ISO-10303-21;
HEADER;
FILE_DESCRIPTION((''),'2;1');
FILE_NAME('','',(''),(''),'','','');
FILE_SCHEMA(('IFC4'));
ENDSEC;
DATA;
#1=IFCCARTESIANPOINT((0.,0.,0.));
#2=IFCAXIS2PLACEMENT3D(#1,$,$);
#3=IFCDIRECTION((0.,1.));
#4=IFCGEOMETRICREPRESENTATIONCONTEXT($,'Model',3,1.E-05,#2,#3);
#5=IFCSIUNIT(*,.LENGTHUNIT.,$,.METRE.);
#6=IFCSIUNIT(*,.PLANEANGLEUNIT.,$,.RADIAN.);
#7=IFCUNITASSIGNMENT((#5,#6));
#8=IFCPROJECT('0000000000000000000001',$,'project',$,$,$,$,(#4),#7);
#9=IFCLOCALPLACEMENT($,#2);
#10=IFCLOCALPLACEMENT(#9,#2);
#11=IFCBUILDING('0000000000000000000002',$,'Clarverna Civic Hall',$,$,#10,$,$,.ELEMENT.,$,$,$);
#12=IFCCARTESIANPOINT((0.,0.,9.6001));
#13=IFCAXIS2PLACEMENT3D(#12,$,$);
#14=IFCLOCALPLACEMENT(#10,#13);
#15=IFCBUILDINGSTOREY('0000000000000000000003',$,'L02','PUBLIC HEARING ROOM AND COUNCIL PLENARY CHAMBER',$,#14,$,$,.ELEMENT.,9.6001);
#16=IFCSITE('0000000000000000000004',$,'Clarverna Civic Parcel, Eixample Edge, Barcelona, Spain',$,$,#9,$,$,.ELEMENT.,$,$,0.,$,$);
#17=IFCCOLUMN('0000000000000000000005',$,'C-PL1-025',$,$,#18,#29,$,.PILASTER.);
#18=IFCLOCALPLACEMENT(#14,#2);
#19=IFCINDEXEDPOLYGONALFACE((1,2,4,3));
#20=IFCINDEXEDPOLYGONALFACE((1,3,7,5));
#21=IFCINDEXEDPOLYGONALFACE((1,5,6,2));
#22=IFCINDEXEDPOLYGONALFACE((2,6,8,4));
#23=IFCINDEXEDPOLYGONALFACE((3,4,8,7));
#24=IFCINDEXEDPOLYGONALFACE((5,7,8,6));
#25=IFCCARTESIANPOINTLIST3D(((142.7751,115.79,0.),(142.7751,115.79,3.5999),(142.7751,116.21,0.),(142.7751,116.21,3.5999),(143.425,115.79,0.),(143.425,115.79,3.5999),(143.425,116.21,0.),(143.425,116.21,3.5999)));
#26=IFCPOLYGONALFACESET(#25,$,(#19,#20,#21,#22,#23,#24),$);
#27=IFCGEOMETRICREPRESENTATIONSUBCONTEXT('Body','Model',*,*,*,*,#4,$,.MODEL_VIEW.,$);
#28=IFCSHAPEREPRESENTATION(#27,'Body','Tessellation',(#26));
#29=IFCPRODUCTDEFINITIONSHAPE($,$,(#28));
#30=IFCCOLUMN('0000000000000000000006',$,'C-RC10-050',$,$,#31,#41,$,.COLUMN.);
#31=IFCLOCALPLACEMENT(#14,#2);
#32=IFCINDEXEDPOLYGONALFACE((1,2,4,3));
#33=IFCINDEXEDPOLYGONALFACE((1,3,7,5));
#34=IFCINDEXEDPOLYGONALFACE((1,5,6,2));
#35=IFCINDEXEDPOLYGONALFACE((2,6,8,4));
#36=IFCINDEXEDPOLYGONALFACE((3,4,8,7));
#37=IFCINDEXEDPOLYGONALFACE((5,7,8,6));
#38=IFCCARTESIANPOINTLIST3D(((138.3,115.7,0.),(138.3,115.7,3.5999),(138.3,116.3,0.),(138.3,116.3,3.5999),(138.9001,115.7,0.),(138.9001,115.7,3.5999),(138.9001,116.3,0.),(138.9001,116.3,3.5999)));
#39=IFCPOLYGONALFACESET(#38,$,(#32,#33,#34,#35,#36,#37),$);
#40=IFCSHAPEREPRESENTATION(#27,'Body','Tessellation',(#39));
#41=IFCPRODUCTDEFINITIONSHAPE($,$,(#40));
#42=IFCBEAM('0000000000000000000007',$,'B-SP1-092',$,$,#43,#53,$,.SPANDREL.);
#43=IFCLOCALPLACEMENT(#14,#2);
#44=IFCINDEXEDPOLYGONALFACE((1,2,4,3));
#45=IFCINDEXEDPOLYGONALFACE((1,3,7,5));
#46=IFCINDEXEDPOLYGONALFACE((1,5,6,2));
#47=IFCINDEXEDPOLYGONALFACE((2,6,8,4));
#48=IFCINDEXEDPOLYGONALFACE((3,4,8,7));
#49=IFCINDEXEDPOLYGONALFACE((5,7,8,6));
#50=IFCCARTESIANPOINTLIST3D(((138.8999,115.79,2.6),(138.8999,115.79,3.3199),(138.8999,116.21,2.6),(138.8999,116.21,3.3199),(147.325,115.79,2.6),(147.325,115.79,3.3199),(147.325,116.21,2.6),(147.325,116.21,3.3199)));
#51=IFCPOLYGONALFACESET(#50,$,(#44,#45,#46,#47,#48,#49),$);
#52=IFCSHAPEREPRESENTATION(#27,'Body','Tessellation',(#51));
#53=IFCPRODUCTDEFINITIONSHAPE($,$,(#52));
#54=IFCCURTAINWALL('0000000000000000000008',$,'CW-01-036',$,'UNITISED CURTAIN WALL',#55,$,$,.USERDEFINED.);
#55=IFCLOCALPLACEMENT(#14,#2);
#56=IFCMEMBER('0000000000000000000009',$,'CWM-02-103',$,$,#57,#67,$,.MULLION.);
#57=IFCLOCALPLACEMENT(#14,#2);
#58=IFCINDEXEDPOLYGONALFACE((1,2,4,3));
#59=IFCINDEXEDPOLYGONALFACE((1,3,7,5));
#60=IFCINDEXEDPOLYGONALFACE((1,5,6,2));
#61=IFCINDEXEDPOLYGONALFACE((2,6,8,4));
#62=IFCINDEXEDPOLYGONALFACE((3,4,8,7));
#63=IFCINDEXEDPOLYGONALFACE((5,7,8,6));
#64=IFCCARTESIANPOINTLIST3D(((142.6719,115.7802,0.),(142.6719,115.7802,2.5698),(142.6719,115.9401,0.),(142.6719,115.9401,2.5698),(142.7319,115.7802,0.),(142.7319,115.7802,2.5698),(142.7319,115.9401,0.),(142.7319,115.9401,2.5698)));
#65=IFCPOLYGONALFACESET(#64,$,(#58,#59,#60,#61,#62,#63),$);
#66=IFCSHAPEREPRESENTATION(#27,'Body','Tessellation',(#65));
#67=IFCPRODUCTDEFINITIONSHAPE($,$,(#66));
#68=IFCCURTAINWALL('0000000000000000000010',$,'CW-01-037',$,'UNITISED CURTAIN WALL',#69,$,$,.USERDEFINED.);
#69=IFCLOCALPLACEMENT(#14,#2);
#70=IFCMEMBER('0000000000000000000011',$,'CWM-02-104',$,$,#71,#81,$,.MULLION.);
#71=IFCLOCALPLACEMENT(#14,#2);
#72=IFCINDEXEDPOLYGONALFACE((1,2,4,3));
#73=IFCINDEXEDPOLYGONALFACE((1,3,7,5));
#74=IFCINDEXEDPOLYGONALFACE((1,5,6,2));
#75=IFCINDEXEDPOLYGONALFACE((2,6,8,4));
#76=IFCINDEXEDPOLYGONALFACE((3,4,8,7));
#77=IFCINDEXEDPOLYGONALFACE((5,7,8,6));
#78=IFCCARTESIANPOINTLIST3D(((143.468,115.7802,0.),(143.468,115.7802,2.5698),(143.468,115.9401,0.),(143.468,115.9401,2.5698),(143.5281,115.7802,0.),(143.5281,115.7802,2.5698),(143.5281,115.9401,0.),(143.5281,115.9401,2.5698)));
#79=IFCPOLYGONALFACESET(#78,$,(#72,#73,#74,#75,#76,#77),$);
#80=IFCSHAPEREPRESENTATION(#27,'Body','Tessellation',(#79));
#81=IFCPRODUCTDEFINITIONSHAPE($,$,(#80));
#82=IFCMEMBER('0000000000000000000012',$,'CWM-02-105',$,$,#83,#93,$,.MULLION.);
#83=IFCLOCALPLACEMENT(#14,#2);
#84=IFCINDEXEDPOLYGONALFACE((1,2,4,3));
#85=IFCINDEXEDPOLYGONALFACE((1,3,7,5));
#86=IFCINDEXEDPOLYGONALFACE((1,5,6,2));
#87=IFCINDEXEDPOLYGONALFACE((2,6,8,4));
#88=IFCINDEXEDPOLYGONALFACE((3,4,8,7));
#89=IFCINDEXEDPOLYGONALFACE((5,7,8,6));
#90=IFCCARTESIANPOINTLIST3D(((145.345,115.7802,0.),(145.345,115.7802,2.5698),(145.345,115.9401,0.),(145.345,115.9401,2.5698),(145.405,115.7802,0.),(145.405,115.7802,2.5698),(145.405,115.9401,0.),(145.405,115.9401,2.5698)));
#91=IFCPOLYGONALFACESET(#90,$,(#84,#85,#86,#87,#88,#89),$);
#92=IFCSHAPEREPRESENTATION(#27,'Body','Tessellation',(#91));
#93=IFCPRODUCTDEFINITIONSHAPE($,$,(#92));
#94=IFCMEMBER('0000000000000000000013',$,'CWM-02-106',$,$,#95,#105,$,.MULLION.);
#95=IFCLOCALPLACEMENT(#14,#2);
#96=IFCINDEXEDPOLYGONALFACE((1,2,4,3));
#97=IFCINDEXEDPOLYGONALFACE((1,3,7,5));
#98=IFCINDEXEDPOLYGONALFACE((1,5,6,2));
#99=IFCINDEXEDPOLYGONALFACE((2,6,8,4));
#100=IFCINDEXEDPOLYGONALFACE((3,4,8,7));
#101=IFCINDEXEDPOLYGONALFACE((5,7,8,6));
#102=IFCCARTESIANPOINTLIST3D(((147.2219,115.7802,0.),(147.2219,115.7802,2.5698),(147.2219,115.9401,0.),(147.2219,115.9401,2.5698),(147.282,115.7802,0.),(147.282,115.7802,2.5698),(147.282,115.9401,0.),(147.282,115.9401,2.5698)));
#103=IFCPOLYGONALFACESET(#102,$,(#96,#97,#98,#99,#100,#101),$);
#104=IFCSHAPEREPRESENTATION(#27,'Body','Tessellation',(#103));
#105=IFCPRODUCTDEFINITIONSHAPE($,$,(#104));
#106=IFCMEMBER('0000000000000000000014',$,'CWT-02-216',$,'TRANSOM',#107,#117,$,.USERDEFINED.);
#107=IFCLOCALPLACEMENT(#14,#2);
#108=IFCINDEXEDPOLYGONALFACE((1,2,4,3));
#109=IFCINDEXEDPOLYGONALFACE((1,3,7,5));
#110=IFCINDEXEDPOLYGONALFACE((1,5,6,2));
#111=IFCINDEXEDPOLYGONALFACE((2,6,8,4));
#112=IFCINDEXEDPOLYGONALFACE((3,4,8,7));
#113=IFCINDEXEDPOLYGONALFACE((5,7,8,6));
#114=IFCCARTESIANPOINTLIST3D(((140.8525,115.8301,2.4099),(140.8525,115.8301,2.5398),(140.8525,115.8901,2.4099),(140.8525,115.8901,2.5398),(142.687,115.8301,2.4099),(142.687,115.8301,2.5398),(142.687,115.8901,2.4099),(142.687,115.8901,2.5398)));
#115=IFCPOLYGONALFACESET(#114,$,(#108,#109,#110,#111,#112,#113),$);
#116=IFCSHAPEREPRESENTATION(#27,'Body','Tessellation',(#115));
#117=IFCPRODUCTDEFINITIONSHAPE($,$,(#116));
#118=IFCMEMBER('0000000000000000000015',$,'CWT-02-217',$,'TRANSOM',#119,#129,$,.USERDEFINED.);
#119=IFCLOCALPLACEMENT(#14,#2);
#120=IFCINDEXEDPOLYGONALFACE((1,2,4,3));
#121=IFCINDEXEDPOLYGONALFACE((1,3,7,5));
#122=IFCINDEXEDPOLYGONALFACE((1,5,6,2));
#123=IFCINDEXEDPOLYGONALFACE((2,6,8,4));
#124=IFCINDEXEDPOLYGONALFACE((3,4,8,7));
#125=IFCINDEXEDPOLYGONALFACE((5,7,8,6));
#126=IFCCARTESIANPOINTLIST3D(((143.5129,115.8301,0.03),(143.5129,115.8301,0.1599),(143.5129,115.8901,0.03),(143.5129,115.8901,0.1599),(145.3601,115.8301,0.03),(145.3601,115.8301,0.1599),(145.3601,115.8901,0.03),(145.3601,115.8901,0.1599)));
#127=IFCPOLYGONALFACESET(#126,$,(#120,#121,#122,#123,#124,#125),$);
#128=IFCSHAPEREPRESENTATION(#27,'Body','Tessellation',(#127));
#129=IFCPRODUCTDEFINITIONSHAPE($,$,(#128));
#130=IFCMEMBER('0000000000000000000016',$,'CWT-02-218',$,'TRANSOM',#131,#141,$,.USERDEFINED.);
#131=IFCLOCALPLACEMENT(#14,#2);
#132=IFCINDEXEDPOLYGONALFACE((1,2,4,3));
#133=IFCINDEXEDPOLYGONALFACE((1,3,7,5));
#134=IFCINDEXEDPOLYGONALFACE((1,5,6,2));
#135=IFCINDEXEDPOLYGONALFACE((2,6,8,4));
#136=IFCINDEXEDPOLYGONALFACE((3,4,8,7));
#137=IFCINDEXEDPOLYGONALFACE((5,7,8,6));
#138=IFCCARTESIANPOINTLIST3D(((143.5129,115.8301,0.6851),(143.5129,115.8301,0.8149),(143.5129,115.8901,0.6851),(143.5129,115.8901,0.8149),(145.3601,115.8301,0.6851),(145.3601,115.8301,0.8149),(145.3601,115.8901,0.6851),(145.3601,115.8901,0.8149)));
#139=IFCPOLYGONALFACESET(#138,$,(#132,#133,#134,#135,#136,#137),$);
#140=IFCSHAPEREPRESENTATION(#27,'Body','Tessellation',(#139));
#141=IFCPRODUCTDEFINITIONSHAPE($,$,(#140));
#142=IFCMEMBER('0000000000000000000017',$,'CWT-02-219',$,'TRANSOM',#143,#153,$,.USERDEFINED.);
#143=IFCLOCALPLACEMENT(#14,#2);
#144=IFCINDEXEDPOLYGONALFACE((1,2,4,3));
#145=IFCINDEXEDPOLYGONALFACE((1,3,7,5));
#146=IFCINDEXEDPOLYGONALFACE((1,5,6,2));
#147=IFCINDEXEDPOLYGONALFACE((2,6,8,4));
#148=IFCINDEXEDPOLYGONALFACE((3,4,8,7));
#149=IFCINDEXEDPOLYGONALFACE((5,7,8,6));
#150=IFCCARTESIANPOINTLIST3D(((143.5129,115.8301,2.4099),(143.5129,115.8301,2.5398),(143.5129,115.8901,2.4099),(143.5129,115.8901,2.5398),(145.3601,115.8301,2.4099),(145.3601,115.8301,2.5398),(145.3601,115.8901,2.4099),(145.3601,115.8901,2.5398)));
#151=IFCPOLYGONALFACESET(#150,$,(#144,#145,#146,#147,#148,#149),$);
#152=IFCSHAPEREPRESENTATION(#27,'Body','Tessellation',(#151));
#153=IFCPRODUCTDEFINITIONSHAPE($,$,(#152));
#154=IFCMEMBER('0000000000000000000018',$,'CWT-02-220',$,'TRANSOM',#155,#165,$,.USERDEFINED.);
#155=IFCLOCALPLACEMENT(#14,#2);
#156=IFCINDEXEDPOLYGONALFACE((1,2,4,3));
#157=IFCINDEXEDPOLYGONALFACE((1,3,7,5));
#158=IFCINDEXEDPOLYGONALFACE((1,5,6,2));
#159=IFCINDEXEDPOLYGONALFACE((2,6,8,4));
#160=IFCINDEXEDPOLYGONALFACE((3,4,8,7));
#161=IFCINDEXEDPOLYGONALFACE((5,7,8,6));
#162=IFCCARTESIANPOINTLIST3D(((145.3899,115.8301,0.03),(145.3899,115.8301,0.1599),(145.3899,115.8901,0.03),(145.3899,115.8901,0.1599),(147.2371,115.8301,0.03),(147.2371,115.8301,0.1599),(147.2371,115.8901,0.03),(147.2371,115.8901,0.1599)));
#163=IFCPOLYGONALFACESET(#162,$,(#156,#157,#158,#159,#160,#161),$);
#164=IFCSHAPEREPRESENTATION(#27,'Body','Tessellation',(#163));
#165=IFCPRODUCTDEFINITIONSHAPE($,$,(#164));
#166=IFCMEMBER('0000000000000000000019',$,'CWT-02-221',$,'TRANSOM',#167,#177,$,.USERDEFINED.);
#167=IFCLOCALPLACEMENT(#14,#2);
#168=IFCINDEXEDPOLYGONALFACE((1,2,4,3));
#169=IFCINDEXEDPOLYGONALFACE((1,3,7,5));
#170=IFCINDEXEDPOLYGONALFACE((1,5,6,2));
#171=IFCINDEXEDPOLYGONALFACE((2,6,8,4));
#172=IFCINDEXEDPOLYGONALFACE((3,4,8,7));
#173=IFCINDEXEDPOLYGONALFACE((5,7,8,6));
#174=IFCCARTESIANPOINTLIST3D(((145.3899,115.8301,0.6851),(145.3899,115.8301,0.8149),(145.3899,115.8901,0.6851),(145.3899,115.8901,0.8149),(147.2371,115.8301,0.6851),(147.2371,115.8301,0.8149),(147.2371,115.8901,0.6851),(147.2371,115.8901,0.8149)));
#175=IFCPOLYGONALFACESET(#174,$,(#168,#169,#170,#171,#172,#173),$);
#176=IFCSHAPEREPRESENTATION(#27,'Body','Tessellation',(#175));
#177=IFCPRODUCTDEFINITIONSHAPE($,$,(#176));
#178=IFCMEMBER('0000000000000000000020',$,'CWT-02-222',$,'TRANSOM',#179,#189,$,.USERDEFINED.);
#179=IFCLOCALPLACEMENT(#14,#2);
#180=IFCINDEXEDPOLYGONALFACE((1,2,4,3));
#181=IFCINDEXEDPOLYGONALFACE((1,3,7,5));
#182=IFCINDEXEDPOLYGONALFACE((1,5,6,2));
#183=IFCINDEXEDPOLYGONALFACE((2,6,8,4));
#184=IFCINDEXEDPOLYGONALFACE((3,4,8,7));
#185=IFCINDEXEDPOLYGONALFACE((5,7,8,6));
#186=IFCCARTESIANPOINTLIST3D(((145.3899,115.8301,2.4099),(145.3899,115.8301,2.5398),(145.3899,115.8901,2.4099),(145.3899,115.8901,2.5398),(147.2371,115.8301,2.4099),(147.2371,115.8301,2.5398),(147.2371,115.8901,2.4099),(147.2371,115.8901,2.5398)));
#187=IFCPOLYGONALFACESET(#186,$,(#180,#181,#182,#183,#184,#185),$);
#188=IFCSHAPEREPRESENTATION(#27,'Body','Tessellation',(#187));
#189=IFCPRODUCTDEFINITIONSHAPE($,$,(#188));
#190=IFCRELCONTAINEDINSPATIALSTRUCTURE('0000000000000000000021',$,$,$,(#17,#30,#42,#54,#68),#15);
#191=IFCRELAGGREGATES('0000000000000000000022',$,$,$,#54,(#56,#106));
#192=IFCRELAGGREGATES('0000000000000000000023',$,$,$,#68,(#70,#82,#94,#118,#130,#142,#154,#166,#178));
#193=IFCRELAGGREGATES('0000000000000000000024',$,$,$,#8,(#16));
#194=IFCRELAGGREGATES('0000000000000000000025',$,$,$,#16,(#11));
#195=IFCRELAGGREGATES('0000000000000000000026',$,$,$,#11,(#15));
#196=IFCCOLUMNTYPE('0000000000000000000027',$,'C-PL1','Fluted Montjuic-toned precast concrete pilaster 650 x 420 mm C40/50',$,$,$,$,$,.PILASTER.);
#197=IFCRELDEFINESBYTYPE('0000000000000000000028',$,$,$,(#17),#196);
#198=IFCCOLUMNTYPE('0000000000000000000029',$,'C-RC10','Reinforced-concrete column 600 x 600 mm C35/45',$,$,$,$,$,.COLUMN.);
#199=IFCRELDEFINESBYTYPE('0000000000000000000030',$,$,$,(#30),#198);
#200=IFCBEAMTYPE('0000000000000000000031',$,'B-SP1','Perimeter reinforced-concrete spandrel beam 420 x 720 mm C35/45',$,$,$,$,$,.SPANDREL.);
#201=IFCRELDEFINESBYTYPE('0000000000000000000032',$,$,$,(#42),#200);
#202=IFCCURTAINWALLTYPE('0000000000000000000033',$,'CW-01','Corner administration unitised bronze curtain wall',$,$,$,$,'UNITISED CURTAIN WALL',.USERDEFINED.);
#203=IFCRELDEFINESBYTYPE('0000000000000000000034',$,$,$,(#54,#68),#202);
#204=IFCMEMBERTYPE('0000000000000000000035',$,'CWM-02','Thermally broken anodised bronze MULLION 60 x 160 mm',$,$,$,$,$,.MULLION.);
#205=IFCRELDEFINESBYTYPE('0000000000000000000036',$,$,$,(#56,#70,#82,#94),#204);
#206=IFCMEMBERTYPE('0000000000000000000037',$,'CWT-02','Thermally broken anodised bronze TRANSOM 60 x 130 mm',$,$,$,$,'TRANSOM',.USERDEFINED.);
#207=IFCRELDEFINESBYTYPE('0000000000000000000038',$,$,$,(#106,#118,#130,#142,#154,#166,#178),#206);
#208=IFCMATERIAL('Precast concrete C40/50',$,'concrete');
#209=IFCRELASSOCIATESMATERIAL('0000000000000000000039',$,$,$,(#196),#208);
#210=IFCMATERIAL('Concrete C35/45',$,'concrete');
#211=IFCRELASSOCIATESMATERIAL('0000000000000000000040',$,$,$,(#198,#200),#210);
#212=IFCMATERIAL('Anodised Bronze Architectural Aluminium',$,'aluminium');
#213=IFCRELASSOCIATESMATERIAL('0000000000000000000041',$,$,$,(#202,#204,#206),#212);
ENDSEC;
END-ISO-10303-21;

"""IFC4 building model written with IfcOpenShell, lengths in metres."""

from ifc_helpers import new_model, si_unit, direction, frame, origin, origin_2d, place, context, subcontext, project, spatial, rectangle, extrude, material, material_profile, profile_set, type_object, element, aggregate, save


model = new_model("IFC4")

# Units and contexts
model_context = context("Model", 3, precision=1e-05, world=origin(), true_north=direction((0.0, 1.0)))
body_context = subcontext(model_context, "Body", "Model", "MODEL_VIEW")
ifc_project = project(units=[si_unit("LENGTHUNIT", "METRE"), si_unit("PLANEANGLEUNIT", "RADIAN")], contexts=[model_context])

# Site, building, storey
site_placement = place(None, origin())
site = spatial("IfcSite", under=ifc_project, at=site_placement, Name="Clarverna Civic Parcel, Eixample Edge, Barcelona, Spain", CompositionType="ELEMENT", RefElevation=0.0)
building_placement = place(site_placement, origin())
building = spatial("IfcBuilding", under=site, at=building_placement, Name="Clarverna Civic Hall", CompositionType="ELEMENT")
storey_placement = place(building_placement, frame((0.0, 0.0, 9.6001)))
storey = spatial("IfcBuildingStorey", under=building, at=storey_placement, Name="L02", Description="PUBLIC HEARING ROOM AND COUNCIL PLENARY CHAMBER", CompositionType="ELEMENT", Elevation=9.6001)

# Columns
ifc_material_1 = material(Name="Precast concrete C40/50", Category="concrete")
ifc_material_profile_1 = material_profile(ifc_material_1, rectangle(XDim=0.6499, YDim=0.4199, at=origin_2d()), Name="PILASTER 650x420")
ifc_profile_set_1 = profile_set([ifc_material_profile_1], Name="Precast concrete C40/50")
column_type_1 = type_object("IfcColumnType", Name="C-PL1", Description="Fluted Montjuic-toned precast concrete pilaster 650 x 420 mm C40/50", PredefinedType="PILASTER", material=ifc_profile_set_1)
column_1_placement = place(storey_placement, frame((143.1001, 116.0, 0.0), z_axis=(0.0, 0.0, 1.0), x_axis=(1.0, 0.0, 0.0)))
element("IfcColumn", 1, at=column_1_placement, inside=storey, type_object=column_type_1, Name="C-PL1-025", PredefinedType="PILASTER", context=body_context, shape_type="SweptSolid", body=[
    extrude(rectangle(XDim=0.6499, YDim=0.4199, at=origin_2d()), origin(), (0.0, 0.0, 1.0), 3.5999),
])
ifc_material_2 = material(Name="Concrete C35/45", Category="concrete")
ifc_material_profile_2 = material_profile(ifc_material_2, rectangle(XDim=0.6001, YDim=0.6001, at=origin_2d()), Name="RC 600x600")
ifc_profile_set_2 = profile_set([ifc_material_profile_2], Name="Concrete C35/45")
column_type_2 = type_object("IfcColumnType", Name="C-RC10", Description="Reinforced-concrete column 600 x 600 mm C35/45", PredefinedType="COLUMN", material=ifc_profile_set_2)
column_2_placement = place(storey_placement, frame((138.6001, 116.0, 0.0), z_axis=(0.0, 0.0, 1.0), x_axis=(1.0, 0.0, 0.0)))
element("IfcColumn", 2, at=column_2_placement, inside=storey, type_object=column_type_2, Name="C-RC10-050", PredefinedType="COLUMN", context=body_context, shape_type="SweptSolid", body=[
    extrude(rectangle(XDim=0.6001, YDim=0.6001, at=origin_2d()), origin(), (0.0, 0.0, 1.0), 3.5999),
])

# Beam
ifc_material_profile_3 = material_profile(ifc_material_2, rectangle(XDim=0.4199, YDim=0.72, at=origin_2d()), Name="RC 420x720")
ifc_profile_set_3 = profile_set([ifc_material_profile_3], Name="Concrete C35/45")
beam_type = type_object("IfcBeamType", Name="B-SP1", Description="Perimeter reinforced-concrete spandrel beam 420 x 720 mm C35/45", PredefinedType="SPANDREL", material=ifc_profile_set_3)
beam_placement = place(storey_placement, frame((138.8999, 116.0, 2.96), z_axis=(1.0, 0.0, 0.0), x_axis=(0.0, 1.0, 0.0)))
element("IfcBeam", 3, at=beam_placement, inside=storey, type_object=beam_type, Name="B-SP1-092", PredefinedType="SPANDREL", context=body_context, shape_type="SweptSolid", body=[
    extrude(rectangle(XDim=0.4199, YDim=0.72, at=origin_2d()), origin(), (0.0, 0.0, 1.0), 8.425),
])

# Curtain wall, member
ifc_material_3 = material(Name="Anodised Bronze Architectural Aluminium", Category="aluminium")
curtain_wall_type = type_object("IfcCurtainWallType", Name="CW-01", Description="Corner administration unitised bronze curtain wall", ElementType="UNITISED CURTAIN WALL", PredefinedType="USERDEFINED", material=ifc_material_3)
curtain_wall_1_placement = place(storey_placement, origin())
curtain_wall_1 = element("IfcCurtainWall", 4, at=curtain_wall_1_placement, inside=storey, type_object=curtain_wall_type, Name="CW-01-036", ObjectType="UNITISED CURTAIN WALL", PredefinedType="USERDEFINED")
ifc_material_profile_4 = material_profile(ifc_material_3, rectangle(XDim=0.0601, YDim=0.1599, at=origin_2d()), Name="BRONZE 60x160")
ifc_profile_set_4 = profile_set([ifc_material_profile_4], Name="Anodised Bronze Architectural Aluminium")
member_type_1 = type_object("IfcMemberType", Name="CWM-02", Description="Thermally broken anodised bronze MULLION 60 x 160 mm", PredefinedType="MULLION", material=ifc_profile_set_4)
member_1_placement = place(storey_placement, frame((142.7019, 115.8601, 0.0), z_axis=(0.0, 0.0, 1.0), x_axis=(1.0, 0.0, 0.0)))
member_1 = element("IfcMember", 5, at=member_1_placement, type_object=member_type_1, Name="CWM-02-103", PredefinedType="MULLION", context=body_context, shape_type="SweptSolid", body=[
    extrude(rectangle(XDim=0.0601, YDim=0.1599, at=origin_2d()), origin(), (0.0, 0.0, 1.0), 2.5698),
])

# Curtain wall, members
curtain_wall_2_placement = place(storey_placement, origin())
curtain_wall_2 = element("IfcCurtainWall", 6, at=curtain_wall_2_placement, inside=storey, type_object=curtain_wall_type, Name="CW-01-037", ObjectType="UNITISED CURTAIN WALL", PredefinedType="USERDEFINED")
member_2_placement = place(storey_placement, frame((143.498, 115.8601, 0.0), z_axis=(0.0, 0.0, 1.0), x_axis=(1.0, 0.0, 0.0)))
member_2 = element("IfcMember", 7, at=member_2_placement, type_object=member_type_1, Name="CWM-02-104", PredefinedType="MULLION", context=body_context, shape_type="SweptSolid", body=[
    extrude(rectangle(XDim=0.0601, YDim=0.1599, at=origin_2d()), origin(), (0.0, 0.0, 1.0), 2.5698),
])
member_3_placement = place(storey_placement, frame((145.375, 115.8601, 0.0), z_axis=(0.0, 0.0, 1.0), x_axis=(1.0, 0.0, 0.0)))
member_3 = element("IfcMember", 8, at=member_3_placement, type_object=member_type_1, Name="CWM-02-105", PredefinedType="MULLION", context=body_context, shape_type="SweptSolid", body=[
    extrude(rectangle(XDim=0.0601, YDim=0.1599, at=origin_2d()), origin(), (0.0, 0.0, 1.0), 2.5698),
])
member_4_placement = place(storey_placement, frame((147.252, 115.8601, 0.0), z_axis=(0.0, 0.0, 1.0), x_axis=(1.0, 0.0, 0.0)))
member_4 = element("IfcMember", 9, at=member_4_placement, type_object=member_type_1, Name="CWM-02-106", PredefinedType="MULLION", context=body_context, shape_type="SweptSolid", body=[
    extrude(rectangle(XDim=0.0601, YDim=0.1599, at=origin_2d()), origin(), (0.0, 0.0, 1.0), 2.5698),
])

# Members
ifc_material_profile_5 = material_profile(ifc_material_3, rectangle(XDim=0.0601, YDim=0.1299, at=origin_2d()), Name="BRONZE 60x130")
ifc_profile_set_5 = profile_set([ifc_material_profile_5], Name="Anodised Bronze Architectural Aluminium")
member_type_2 = type_object("IfcMemberType", Name="CWT-02", Description="Thermally broken anodised bronze TRANSOM 60 x 130 mm", ElementType="TRANSOM", PredefinedType="USERDEFINED", material=ifc_profile_set_5)
member_5_placement = place(storey_placement, frame((140.8525, 115.8601, 2.4749), z_axis=(1.0, 0.0, 0.0), x_axis=(0.0, 1.0, 0.0)))
member_5 = element("IfcMember", 10, at=member_5_placement, type_object=member_type_2, Name="CWT-02-216", ObjectType="TRANSOM", PredefinedType="USERDEFINED", context=body_context, shape_type="SweptSolid", body=[
    extrude(rectangle(XDim=0.0601, YDim=0.1299, at=origin_2d()), origin(), (0.0, 0.0, 1.0), 1.8345),
])
member_6_placement = place(storey_placement, frame((143.5129, 115.8601, 0.095), z_axis=(1.0, 0.0, 0.0), x_axis=(0.0, 1.0, 0.0)))
member_6 = element("IfcMember", 11, at=member_6_placement, type_object=member_type_2, Name="CWT-02-217", ObjectType="TRANSOM", PredefinedType="USERDEFINED", context=body_context, shape_type="SweptSolid", body=[
    extrude(rectangle(XDim=0.0601, YDim=0.1299, at=origin_2d()), origin(), (0.0, 0.0, 1.0), 1.8472),
])
member_7_placement = place(storey_placement, frame((143.5129, 115.8601, 0.75), z_axis=(1.0, 0.0, 0.0), x_axis=(0.0, 1.0, 0.0)))
member_7 = element("IfcMember", 12, at=member_7_placement, type_object=member_type_2, Name="CWT-02-218", ObjectType="TRANSOM", PredefinedType="USERDEFINED", context=body_context, shape_type="SweptSolid", body=[
    extrude(rectangle(XDim=0.0601, YDim=0.1299, at=origin_2d()), origin(), (0.0, 0.0, 1.0), 1.8472),
])
member_8_placement = place(storey_placement, frame((143.5129, 115.8601, 2.4749), z_axis=(1.0, 0.0, 0.0), x_axis=(0.0, 1.0, 0.0)))
member_8 = element("IfcMember", 13, at=member_8_placement, type_object=member_type_2, Name="CWT-02-219", ObjectType="TRANSOM", PredefinedType="USERDEFINED", context=body_context, shape_type="SweptSolid", body=[
    extrude(rectangle(XDim=0.0601, YDim=0.1299, at=origin_2d()), origin(), (0.0, 0.0, 1.0), 1.8472),
])
member_9_placement = place(storey_placement, frame((145.3899, 115.8601, 0.095), z_axis=(1.0, 0.0, 0.0), x_axis=(0.0, 1.0, 0.0)))
member_9 = element("IfcMember", 14, at=member_9_placement, type_object=member_type_2, Name="CWT-02-220", ObjectType="TRANSOM", PredefinedType="USERDEFINED", context=body_context, shape_type="SweptSolid", body=[
    extrude(rectangle(XDim=0.0601, YDim=0.1299, at=origin_2d()), origin(), (0.0, 0.0, 1.0), 1.8472),
])
member_10_placement = place(storey_placement, frame((145.3899, 115.8601, 0.75), z_axis=(1.0, 0.0, 0.0), x_axis=(0.0, 1.0, 0.0)))
member_10 = element("IfcMember", 15, at=member_10_placement, type_object=member_type_2, Name="CWT-02-221", ObjectType="TRANSOM", PredefinedType="USERDEFINED", context=body_context, shape_type="SweptSolid", body=[
    extrude(rectangle(XDim=0.0601, YDim=0.1299, at=origin_2d()), origin(), (0.0, 0.0, 1.0), 1.8472),
])
member_11_placement = place(storey_placement, frame((145.3899, 115.8601, 2.4749), z_axis=(1.0, 0.0, 0.0), x_axis=(0.0, 1.0, 0.0)))
member_11 = element("IfcMember", 16, at=member_11_placement, type_object=member_type_2, Name="CWT-02-222", ObjectType="TRANSOM", PredefinedType="USERDEFINED", context=body_context, shape_type="SweptSolid", body=[
    extrude(rectangle(XDim=0.0601, YDim=0.1299, at=origin_2d()), origin(), (0.0, 0.0, 1.0), 1.8472),
])

aggregate(curtain_wall_1, [member_1, member_5])
aggregate(curtain_wall_2, [member_2, member_3, member_4, member_6, member_7, member_8, member_9, member_10, member_11])

save(model, "model.ifc")
